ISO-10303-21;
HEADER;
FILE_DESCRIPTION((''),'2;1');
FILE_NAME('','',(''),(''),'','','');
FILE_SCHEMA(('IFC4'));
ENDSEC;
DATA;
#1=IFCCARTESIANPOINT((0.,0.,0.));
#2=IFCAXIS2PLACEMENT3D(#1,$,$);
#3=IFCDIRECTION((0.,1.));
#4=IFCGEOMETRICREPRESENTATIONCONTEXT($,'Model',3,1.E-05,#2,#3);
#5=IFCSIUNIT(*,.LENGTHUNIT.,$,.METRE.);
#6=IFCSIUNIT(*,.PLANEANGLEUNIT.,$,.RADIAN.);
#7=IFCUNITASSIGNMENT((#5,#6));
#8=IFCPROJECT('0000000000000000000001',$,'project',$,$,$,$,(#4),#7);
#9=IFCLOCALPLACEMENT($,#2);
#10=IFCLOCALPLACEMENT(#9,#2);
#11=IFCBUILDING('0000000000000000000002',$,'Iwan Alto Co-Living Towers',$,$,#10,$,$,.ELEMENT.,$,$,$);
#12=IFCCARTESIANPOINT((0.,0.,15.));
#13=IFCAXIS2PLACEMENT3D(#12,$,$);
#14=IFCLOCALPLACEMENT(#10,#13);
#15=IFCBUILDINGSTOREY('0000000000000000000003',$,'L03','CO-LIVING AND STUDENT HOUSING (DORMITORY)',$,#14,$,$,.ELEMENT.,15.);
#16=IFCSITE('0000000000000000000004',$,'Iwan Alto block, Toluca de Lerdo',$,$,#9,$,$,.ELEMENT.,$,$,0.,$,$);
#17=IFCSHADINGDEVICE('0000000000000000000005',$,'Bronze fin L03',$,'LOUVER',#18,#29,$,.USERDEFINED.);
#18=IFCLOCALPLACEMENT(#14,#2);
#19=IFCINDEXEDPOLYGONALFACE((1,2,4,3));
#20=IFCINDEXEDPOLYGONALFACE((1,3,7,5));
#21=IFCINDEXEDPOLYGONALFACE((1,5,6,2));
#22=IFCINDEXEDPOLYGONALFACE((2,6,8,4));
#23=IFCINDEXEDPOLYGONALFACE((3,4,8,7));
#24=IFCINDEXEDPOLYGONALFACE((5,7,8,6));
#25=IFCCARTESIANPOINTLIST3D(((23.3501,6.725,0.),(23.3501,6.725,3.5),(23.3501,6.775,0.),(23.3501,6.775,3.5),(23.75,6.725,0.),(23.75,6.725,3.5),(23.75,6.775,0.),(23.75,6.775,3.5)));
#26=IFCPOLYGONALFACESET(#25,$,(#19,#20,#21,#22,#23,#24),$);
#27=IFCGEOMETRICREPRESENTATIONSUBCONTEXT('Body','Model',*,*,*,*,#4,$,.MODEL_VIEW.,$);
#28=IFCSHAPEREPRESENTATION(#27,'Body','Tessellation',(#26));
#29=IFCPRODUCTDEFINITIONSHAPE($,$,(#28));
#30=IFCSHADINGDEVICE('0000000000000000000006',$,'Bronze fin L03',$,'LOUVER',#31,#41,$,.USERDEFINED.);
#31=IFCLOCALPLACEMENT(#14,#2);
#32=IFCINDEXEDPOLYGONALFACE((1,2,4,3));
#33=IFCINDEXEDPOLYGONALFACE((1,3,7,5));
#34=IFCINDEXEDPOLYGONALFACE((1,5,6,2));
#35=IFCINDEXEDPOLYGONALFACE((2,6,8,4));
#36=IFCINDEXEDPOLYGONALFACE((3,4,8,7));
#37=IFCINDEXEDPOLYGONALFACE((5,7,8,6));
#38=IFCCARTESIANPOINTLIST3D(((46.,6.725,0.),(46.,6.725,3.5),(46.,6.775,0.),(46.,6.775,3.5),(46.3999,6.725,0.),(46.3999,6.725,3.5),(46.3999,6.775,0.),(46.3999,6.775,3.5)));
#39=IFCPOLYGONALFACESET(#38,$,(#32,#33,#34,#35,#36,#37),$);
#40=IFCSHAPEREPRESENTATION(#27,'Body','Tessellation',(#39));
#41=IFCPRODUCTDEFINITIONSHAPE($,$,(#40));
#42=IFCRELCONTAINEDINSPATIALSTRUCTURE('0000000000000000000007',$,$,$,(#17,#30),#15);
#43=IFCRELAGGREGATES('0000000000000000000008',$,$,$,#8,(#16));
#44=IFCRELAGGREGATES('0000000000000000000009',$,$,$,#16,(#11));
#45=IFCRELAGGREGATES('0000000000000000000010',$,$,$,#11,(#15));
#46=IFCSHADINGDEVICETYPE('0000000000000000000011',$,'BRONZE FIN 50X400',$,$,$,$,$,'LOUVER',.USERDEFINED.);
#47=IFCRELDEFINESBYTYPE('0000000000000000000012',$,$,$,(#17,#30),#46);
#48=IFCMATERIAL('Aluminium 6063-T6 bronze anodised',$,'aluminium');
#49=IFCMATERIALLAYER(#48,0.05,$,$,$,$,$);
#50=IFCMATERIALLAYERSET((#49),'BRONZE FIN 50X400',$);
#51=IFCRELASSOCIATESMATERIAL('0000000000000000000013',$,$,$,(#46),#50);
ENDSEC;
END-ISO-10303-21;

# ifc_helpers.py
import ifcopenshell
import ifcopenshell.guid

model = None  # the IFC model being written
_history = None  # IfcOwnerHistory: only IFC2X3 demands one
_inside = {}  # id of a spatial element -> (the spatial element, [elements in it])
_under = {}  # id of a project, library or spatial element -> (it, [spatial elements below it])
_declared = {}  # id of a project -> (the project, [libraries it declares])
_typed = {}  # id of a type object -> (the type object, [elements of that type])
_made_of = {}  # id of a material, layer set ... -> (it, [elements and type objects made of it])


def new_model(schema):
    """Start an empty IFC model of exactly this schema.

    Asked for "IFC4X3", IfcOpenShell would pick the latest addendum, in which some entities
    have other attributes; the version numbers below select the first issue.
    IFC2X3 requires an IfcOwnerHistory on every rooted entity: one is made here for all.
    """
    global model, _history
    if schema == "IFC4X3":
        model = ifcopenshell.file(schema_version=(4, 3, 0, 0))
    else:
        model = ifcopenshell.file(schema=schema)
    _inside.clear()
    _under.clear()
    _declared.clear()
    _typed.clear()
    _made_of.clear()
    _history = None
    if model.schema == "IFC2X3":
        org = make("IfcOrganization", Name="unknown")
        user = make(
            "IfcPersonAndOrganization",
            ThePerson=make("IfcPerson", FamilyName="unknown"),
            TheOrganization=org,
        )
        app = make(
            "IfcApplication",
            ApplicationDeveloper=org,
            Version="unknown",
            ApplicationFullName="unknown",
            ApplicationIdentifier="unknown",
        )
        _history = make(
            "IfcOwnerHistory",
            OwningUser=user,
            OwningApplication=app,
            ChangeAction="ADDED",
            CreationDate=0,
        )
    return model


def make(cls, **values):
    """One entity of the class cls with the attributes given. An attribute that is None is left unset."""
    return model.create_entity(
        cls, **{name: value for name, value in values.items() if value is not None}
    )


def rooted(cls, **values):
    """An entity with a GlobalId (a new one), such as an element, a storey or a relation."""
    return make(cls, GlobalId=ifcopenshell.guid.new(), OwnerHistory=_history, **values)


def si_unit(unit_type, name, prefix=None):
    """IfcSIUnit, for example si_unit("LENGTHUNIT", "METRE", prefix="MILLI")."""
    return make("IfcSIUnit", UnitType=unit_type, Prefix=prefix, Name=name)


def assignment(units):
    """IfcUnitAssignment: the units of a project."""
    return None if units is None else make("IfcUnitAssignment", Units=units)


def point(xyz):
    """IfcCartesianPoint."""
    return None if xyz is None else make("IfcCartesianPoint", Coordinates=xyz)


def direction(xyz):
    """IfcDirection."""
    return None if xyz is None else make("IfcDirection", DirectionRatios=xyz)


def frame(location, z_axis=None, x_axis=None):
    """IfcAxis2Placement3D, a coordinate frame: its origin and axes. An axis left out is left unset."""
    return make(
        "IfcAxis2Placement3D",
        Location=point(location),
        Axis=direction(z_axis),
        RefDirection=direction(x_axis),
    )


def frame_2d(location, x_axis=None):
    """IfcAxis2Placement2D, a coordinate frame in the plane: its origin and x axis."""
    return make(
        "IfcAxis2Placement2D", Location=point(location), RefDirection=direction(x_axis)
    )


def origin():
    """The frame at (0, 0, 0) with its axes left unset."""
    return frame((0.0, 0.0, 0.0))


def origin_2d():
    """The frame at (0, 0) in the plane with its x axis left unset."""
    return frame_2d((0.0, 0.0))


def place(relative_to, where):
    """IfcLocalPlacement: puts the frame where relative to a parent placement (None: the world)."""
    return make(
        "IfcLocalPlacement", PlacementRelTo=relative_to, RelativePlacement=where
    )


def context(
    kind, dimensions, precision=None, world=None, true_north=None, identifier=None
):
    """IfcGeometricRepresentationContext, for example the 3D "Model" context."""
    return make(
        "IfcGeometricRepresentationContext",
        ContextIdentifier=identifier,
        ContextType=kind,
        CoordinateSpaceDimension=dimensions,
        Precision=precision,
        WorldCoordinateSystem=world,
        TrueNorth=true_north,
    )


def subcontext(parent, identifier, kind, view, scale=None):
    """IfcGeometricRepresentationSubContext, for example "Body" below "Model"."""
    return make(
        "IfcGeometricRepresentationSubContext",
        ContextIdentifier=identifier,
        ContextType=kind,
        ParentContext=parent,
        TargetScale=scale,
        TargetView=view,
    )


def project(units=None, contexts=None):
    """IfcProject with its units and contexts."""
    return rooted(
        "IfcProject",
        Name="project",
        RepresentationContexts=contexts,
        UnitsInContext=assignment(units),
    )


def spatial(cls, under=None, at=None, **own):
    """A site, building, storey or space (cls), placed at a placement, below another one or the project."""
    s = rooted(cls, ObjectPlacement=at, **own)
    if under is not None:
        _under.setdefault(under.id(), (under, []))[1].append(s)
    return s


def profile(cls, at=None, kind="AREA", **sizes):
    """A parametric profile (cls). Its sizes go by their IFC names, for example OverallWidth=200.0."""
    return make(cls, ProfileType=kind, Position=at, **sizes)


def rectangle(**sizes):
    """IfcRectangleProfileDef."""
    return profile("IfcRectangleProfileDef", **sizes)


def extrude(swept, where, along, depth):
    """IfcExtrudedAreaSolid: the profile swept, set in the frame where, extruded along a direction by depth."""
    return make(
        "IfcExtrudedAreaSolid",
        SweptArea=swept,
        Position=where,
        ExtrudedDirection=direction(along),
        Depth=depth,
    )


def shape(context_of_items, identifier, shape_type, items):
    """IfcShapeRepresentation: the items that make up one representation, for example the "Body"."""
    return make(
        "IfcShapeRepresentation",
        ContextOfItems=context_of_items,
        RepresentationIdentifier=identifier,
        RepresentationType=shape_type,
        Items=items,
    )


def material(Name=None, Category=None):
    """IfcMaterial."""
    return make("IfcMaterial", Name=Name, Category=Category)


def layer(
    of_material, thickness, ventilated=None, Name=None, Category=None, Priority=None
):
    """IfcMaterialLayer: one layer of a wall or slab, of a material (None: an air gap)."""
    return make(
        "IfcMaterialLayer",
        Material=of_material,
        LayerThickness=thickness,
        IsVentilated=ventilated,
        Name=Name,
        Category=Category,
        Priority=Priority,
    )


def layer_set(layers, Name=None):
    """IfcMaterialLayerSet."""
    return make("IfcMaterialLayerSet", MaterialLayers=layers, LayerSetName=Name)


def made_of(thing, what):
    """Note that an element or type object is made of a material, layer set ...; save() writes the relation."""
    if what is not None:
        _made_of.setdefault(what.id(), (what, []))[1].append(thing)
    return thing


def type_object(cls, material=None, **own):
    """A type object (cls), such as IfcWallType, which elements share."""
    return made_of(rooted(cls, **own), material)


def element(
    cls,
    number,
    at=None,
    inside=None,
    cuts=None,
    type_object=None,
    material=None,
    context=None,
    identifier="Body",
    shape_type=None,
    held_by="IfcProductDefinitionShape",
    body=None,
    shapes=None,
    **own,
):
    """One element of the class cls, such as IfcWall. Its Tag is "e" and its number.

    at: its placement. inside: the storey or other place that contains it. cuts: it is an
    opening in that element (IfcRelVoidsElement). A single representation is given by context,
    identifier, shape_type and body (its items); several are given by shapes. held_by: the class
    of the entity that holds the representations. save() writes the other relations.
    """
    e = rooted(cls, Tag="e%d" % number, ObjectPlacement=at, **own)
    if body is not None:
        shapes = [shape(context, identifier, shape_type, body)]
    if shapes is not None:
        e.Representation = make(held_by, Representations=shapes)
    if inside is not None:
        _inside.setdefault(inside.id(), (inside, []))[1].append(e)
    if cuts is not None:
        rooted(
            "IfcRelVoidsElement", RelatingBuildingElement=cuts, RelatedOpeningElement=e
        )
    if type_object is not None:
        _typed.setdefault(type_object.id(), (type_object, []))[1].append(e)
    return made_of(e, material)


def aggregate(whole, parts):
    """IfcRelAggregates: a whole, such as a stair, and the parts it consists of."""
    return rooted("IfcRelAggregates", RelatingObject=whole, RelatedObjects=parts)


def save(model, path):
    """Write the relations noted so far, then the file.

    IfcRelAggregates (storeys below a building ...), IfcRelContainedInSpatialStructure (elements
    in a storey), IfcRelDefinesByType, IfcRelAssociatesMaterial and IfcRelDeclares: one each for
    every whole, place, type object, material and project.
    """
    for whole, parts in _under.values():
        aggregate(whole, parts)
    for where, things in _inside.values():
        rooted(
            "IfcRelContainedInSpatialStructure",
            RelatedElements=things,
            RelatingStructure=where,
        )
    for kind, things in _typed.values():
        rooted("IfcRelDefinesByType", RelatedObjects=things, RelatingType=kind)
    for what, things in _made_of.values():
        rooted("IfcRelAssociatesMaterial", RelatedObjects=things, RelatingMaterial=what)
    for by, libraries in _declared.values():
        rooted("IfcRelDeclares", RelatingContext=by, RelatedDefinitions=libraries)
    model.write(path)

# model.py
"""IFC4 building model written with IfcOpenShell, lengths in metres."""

from ifc_helpers import new_model, si_unit, direction, frame, origin, origin_2d, place, context, subcontext, project, spatial, rectangle, extrude, material, layer, layer_set, type_object, element, save


model = new_model("IFC4")

# Units and contexts
model_context = context("Model", 3, precision=1e-05, world=origin(), true_north=direction((0.0, 1.0)))
body_context = subcontext(model_context, "Body", "Model", "MODEL_VIEW")
ifc_project = project(units=[si_unit("LENGTHUNIT", "METRE"), si_unit("PLANEANGLEUNIT", "RADIAN")], contexts=[model_context])

# Site, building, storey
site_placement = place(None, origin())
site = spatial("IfcSite", under=ifc_project, at=site_placement, Name="Iwan Alto block, Toluca de Lerdo", CompositionType="ELEMENT", RefElevation=0.0)
building_placement = place(site_placement, origin())
building = spatial("IfcBuilding", under=site, at=building_placement, Name="Iwan Alto Co-Living Towers", CompositionType="ELEMENT")
storey_placement = place(building_placement, frame((0.0, 0.0, 15.0)))
storey = spatial("IfcBuildingStorey", under=building, at=storey_placement, Name="L03", Description="CO-LIVING AND STUDENT HOUSING (DORMITORY)", CompositionType="ELEMENT", Elevation=15.0)

# Shading devices
ifc_material_1 = material(Name="Aluminium 6063-T6 bronze anodised", Category="aluminium")
ifc_layer_1 = layer(ifc_material_1, 0.05)
ifc_layer_set_1 = layer_set([ifc_layer_1], Name="BRONZE FIN 50X400")
shading_device_type = type_object("IfcShadingDeviceType", Name="BRONZE FIN 50X400", ElementType="LOUVER", PredefinedType="USERDEFINED", material=ifc_layer_set_1)
for number, where, z_axis, x_axis, name in (
    (1, (23.55, 6.75, 0.0), (0.0, 0.0, 1.0), (0.0, 1.0, 0.0), "Bronze fin L03"),
    (2, (46.2, 6.75, 0.0), (0.0, 0.0, 1.0), (0.0, -1.0, 0.0), "Bronze fin L03"),
):
    element("IfcShadingDevice", number, at=place(storey_placement, frame(where, z_axis=z_axis, x_axis=x_axis)), inside=storey, type_object=shading_device_type, Name=name, ObjectType="LOUVER", PredefinedType="USERDEFINED", context=body_context, shape_type="SweptSolid", body=[
        extrude(rectangle(XDim=0.05, YDim=0.3999, at=origin_2d()), origin(), (0.0, 0.0, 1.0), 3.5),
    ])

save(model, "model.ifc")
